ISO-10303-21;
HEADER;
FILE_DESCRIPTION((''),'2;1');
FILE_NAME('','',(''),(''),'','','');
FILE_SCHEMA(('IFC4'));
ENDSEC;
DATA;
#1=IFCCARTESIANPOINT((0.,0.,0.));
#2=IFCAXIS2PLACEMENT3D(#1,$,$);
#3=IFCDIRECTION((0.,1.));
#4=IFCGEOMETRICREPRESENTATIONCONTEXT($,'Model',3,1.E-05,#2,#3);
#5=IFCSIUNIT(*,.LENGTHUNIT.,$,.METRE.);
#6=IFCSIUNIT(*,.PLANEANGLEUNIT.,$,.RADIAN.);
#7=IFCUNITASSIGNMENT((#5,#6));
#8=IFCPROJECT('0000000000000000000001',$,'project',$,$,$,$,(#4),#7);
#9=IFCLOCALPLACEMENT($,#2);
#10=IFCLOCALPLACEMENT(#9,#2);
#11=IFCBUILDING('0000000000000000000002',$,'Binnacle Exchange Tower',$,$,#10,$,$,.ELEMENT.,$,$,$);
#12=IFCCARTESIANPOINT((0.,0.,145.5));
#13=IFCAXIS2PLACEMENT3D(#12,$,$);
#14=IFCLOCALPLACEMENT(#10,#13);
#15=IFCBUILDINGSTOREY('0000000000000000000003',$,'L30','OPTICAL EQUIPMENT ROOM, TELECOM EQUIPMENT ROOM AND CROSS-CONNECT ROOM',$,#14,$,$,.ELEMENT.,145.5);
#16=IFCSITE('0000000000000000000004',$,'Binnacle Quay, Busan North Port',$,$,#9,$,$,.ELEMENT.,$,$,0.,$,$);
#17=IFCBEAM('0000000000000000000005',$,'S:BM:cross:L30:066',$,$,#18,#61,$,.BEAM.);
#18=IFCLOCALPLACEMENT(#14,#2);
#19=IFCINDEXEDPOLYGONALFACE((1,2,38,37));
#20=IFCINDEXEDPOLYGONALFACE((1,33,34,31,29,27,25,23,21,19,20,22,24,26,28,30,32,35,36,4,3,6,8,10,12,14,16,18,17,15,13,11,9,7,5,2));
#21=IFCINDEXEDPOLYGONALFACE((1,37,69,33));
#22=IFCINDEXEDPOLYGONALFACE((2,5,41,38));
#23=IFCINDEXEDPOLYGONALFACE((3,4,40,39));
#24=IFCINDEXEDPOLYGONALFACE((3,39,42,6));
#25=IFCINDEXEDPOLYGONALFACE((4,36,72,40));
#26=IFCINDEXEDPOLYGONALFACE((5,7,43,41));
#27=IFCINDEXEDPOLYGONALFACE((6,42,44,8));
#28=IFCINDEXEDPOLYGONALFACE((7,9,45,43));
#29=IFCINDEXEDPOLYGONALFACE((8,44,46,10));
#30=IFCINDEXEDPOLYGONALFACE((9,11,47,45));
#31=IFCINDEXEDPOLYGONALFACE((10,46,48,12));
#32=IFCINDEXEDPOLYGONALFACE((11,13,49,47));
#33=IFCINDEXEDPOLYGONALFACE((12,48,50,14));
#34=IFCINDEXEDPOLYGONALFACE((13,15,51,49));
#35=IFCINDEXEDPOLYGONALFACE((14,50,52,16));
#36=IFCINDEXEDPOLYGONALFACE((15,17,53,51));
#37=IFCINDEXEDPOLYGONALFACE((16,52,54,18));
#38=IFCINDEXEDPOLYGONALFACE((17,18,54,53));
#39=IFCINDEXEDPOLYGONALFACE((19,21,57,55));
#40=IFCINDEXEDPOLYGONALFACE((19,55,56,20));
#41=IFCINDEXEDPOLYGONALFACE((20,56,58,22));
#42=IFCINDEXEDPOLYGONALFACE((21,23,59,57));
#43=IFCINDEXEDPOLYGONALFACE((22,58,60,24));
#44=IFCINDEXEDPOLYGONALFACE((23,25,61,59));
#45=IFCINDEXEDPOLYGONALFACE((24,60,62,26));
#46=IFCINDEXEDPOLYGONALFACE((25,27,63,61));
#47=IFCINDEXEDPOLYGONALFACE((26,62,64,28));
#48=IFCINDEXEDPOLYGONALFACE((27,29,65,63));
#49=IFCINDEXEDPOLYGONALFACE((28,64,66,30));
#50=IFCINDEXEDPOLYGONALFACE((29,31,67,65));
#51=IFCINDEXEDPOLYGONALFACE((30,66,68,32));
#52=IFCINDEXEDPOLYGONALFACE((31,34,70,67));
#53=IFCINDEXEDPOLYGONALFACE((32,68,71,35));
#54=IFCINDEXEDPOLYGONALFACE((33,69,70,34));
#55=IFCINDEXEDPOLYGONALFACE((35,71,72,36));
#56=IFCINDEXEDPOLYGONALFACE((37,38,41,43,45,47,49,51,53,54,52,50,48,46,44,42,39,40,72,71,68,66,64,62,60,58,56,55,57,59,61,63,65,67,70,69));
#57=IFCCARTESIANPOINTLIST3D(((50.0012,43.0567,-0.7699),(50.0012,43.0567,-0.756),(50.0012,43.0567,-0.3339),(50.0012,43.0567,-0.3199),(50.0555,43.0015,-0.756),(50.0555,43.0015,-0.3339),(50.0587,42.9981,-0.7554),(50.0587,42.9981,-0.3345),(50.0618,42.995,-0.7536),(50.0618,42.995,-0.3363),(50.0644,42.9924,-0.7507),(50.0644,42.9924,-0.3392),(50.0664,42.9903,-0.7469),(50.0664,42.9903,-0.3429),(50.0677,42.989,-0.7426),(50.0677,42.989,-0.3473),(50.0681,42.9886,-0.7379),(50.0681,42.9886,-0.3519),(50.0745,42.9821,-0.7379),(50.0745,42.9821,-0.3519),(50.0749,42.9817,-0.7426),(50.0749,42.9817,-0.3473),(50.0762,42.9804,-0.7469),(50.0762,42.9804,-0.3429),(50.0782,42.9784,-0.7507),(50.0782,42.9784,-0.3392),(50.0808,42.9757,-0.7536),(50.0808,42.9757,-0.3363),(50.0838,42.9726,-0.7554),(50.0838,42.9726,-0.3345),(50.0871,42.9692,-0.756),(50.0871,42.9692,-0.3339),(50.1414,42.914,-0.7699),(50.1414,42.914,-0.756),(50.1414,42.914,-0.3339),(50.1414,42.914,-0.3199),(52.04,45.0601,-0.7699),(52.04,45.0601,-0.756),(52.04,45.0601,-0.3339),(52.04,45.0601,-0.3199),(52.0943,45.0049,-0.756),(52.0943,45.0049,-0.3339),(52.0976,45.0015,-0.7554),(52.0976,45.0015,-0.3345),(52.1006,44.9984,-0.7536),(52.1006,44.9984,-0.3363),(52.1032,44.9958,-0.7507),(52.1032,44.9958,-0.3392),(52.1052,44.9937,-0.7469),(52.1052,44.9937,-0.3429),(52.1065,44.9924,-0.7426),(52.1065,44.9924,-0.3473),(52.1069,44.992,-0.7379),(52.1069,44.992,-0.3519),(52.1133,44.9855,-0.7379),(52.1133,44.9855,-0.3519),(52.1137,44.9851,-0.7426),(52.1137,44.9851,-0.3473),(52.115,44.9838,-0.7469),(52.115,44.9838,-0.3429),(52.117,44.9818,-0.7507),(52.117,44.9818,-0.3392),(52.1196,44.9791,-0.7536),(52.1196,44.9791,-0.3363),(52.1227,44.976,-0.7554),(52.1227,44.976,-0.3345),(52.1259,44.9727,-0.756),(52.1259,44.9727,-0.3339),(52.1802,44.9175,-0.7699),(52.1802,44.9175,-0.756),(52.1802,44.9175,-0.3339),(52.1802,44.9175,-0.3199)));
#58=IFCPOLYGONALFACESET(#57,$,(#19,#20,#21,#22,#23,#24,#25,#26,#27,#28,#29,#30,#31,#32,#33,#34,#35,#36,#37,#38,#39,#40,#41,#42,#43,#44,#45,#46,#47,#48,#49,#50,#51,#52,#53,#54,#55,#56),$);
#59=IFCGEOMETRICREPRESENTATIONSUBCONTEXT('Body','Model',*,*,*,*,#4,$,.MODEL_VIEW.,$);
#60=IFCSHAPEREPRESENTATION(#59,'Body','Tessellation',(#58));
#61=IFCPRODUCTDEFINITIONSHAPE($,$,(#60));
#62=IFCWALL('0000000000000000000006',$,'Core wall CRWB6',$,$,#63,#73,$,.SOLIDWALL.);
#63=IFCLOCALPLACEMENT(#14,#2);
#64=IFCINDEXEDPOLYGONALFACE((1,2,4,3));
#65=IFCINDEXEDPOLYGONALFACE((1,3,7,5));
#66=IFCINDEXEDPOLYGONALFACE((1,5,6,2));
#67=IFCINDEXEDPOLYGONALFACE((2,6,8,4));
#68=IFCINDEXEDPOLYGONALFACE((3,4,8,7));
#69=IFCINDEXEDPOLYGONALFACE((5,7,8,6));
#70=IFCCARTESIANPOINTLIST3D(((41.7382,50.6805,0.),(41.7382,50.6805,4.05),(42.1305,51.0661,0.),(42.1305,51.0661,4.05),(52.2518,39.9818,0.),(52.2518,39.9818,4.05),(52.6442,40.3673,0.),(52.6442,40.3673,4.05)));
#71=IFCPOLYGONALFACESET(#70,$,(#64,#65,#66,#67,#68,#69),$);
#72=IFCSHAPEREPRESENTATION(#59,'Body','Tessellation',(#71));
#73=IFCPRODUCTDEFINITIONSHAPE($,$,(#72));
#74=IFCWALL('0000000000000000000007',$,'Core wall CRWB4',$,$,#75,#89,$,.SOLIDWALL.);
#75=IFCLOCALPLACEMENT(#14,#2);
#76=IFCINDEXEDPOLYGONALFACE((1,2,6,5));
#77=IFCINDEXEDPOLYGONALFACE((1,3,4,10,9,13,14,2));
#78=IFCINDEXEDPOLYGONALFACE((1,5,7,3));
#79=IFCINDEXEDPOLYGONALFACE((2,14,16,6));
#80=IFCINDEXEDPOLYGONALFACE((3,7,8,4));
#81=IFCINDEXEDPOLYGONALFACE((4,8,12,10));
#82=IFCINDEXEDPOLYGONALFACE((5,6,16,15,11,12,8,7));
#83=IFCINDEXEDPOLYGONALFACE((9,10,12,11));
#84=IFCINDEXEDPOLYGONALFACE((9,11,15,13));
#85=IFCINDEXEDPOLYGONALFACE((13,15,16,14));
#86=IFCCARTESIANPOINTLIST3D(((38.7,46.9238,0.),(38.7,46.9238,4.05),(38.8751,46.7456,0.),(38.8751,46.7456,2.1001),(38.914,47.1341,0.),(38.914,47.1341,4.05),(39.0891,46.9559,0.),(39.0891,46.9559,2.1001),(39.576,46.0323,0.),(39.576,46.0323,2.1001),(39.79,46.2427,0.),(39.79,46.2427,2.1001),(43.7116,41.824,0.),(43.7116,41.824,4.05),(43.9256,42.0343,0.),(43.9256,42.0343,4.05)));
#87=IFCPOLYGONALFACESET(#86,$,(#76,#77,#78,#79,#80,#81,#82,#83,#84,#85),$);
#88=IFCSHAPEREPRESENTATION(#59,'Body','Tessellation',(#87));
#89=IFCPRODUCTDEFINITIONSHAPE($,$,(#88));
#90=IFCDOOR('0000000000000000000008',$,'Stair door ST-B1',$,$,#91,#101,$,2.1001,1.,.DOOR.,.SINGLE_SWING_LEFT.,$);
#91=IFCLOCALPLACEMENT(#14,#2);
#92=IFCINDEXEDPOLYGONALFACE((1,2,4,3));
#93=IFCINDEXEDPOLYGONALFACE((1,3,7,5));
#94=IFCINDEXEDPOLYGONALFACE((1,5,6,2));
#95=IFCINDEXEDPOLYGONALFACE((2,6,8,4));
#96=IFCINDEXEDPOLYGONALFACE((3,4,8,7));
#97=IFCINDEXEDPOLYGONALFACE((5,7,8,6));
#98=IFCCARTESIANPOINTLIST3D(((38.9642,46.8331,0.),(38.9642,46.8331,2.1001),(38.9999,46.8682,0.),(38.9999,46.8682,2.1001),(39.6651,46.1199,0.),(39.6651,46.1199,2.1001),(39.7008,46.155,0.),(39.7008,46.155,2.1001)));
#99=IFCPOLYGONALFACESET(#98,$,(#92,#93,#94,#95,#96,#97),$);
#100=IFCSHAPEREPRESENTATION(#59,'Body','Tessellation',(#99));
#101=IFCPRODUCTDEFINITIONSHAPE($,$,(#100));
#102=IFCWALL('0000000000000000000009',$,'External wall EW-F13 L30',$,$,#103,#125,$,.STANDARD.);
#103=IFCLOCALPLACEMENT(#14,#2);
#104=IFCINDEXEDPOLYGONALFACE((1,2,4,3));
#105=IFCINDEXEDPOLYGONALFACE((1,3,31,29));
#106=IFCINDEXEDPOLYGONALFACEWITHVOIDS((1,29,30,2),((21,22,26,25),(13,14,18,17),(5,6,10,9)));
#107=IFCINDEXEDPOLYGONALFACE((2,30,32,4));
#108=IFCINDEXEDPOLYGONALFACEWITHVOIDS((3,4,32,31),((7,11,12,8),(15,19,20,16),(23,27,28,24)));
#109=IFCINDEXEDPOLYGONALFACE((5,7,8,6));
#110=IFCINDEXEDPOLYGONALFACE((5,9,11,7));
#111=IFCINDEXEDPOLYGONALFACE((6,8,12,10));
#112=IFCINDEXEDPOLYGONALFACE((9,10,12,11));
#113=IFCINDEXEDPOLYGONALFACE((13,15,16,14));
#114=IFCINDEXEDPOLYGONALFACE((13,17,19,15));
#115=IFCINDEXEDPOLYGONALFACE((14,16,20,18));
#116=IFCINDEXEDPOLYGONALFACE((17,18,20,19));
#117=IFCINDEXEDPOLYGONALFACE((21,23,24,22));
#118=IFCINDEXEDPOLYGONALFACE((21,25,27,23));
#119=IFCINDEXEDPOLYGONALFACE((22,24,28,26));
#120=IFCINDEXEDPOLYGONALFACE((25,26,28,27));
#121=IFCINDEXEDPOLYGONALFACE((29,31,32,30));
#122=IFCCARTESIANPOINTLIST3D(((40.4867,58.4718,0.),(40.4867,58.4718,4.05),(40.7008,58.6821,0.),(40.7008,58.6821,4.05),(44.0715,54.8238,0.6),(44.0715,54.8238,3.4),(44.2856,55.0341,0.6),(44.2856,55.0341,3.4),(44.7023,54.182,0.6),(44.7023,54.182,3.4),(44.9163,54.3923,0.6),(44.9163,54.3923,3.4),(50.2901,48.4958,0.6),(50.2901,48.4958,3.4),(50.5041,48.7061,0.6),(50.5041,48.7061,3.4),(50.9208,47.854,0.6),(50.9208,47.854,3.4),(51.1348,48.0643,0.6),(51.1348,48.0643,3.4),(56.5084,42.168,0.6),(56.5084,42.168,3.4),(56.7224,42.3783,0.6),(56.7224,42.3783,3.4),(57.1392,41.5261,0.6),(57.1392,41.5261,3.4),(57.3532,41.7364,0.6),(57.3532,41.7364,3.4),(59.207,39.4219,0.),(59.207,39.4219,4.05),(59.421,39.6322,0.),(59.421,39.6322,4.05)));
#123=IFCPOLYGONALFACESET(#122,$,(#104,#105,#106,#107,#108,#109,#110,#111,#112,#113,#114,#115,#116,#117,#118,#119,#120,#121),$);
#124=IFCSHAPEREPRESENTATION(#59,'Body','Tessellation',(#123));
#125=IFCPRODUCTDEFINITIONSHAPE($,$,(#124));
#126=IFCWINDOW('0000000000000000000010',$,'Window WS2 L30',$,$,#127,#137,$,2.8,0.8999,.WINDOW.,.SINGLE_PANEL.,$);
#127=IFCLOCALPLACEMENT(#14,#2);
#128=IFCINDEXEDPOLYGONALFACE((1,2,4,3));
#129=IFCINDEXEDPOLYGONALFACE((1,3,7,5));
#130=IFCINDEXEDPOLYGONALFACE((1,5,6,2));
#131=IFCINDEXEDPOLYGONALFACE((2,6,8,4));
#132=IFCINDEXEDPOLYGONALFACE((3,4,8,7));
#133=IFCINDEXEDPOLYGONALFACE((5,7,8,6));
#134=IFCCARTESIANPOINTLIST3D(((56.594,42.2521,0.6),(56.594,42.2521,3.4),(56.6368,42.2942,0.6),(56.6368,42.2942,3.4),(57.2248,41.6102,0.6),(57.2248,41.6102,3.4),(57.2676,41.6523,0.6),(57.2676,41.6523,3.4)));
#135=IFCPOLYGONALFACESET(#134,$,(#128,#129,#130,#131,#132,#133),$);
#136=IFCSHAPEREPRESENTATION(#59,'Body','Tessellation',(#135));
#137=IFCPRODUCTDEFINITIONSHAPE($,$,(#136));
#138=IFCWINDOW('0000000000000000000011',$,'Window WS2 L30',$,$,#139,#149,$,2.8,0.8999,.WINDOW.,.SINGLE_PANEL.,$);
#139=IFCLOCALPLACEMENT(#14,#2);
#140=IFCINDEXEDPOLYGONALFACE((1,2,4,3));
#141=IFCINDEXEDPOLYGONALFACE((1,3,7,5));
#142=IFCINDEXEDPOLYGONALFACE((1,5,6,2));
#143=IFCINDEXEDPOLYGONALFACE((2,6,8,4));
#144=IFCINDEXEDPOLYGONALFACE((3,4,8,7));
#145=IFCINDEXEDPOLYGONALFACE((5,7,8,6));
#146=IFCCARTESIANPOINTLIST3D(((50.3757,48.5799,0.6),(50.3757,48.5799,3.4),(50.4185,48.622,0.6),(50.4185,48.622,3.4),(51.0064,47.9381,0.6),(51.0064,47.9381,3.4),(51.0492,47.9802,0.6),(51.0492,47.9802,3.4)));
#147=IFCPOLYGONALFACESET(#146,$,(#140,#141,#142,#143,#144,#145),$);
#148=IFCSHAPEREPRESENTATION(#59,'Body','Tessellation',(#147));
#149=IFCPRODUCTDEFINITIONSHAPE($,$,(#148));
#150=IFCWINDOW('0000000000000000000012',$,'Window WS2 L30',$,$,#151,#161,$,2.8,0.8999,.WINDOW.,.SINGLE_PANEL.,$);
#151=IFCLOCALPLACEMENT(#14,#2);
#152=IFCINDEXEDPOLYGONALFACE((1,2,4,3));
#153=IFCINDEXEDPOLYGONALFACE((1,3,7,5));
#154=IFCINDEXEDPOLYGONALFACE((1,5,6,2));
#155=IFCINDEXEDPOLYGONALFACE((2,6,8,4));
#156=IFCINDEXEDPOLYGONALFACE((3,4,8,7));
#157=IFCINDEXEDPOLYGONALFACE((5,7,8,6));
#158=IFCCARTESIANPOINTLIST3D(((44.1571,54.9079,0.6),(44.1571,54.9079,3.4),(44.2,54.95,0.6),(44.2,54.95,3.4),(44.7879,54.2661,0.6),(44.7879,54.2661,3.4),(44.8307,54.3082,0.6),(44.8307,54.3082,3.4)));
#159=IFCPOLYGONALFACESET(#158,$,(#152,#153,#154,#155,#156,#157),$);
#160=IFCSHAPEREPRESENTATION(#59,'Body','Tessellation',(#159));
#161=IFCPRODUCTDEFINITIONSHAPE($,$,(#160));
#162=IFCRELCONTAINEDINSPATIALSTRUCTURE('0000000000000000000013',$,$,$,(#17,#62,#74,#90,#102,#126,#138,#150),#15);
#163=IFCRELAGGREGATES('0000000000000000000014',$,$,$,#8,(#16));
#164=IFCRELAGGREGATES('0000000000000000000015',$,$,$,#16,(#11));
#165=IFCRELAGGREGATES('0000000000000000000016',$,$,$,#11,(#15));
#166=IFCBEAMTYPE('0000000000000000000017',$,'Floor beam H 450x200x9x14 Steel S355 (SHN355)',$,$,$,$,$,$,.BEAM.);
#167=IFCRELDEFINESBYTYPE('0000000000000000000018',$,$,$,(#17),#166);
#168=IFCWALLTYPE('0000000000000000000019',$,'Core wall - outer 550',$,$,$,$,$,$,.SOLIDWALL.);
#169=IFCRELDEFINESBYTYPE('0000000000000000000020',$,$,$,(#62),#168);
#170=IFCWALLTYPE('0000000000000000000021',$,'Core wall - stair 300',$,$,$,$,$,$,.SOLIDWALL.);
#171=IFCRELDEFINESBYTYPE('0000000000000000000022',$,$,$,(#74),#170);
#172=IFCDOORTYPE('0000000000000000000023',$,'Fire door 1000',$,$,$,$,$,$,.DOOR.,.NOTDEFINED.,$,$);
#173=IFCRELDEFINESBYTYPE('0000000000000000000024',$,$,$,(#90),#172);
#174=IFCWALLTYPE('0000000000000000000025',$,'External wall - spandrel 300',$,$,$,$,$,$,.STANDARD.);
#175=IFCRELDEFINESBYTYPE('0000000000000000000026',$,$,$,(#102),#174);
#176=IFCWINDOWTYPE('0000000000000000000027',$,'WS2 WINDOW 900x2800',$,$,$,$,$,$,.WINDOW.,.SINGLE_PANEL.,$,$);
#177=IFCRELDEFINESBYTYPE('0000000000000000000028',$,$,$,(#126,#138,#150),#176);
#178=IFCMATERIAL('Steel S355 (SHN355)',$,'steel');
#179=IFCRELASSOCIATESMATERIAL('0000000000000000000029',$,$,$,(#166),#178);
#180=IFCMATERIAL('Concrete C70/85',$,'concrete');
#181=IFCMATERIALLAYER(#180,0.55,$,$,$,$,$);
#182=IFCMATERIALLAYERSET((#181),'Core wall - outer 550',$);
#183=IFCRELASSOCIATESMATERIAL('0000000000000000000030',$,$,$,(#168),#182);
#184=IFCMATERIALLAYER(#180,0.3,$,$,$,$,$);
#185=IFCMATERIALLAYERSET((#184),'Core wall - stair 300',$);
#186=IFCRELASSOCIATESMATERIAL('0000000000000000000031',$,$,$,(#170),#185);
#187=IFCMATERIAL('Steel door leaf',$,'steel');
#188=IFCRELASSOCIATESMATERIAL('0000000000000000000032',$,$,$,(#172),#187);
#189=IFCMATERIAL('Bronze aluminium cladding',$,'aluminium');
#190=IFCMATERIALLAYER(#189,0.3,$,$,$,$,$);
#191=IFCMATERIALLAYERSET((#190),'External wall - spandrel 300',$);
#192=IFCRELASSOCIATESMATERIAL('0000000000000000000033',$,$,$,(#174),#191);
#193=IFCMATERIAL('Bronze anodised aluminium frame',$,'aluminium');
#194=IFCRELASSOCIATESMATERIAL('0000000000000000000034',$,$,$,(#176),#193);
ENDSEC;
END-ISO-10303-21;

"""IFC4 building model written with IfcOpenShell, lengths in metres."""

from ifc_helpers import new_model, si_unit, direction, frame, frame_2d, origin, origin_2d, place, context, subcontext, project, spatial, rectangle, i_section, extrude, material, layer, layer_set, material_profile, profile_set, type_object, element, fill, save


model = new_model("IFC4")

# Units and contexts
model_context = context("Model", 3, precision=1e-05, world=origin(), true_north=direction((0.0, 1.0)))
body_context = subcontext(model_context, "Body", "Model", "MODEL_VIEW")
ifc_project = project(units=[si_unit("LENGTHUNIT", "METRE"), si_unit("PLANEANGLEUNIT", "RADIAN")], contexts=[model_context])

# Site, building, storey
site_placement = place(None, origin())
site = spatial("IfcSite", under=ifc_project, at=site_placement, Name="Binnacle Quay, Busan North Port", CompositionType="ELEMENT", RefElevation=0.0)
building_placement = place(site_placement, origin())
building = spatial("IfcBuilding", under=site, at=building_placement, Name="Binnacle Exchange Tower", CompositionType="ELEMENT")
storey_placement = place(building_placement, frame((0.0, 0.0, 145.5)))
storey = spatial("IfcBuildingStorey", under=building, at=storey_placement, Name="L30", Description="OPTICAL EQUIPMENT ROOM, TELECOM EQUIPMENT ROOM AND CROSS-CONNECT ROOM", CompositionType="ELEMENT", Elevation=145.5)

# Shared definitions
ifc_material_1 = material(Name="Concrete C70/85", Category="concrete")

# Beam
ifc_material_2 = material(Name="Steel S355 (SHN355)", Category="steel")
ifc_material_profile_1 = material_profile(ifc_material_2, i_section(OverallWidth=0.2, OverallDepth=0.45, WebThickness=0.009, FlangeThickness=0.0139, FilletRadius=0.0181, at=origin_2d()), Name="H 450x200x9x14")
ifc_profile_set_1 = profile_set([ifc_material_profile_1], Name="Steel S355 (SHN355)")
beam_type_1 = type_object("IfcBeamType", Name="Floor beam H 450x200x9x14 Steel S355 (SHN355)", PredefinedType="BEAM", material=ifc_profile_set_1)
for number, where, z_axis, x_axis, name in (
    (1, (52.1101, 44.9888, -0.5449), (-0.713272, -0.700887, 0.0), (0.700887, -0.713272, 0.0), "S:BM:cross:L30:066"),
):
    element("IfcBeam", number, at=place(storey_placement, frame(where, z_axis=z_axis, x_axis=x_axis)), inside=storey, type_object=beam_type_1, Name=name, PredefinedType="BEAM", context=body_context, shape_type="SweptSolid", body=[
        extrude(i_section(OverallWidth=0.2, OverallDepth=0.45, WebThickness=0.009, FlangeThickness=0.0139, FilletRadius=0.0181, at=origin_2d()), origin(), (0.0, 0.0, 1.0), 2.8584),
    ])

# Wall
ifc_layer_1 = layer(ifc_material_1, 0.55)
ifc_layer_set_1 = layer_set([ifc_layer_1], Name="Core wall - outer 550")
wall_type_1 = type_object("IfcWallType", Name="Core wall - outer 550", PredefinedType="SOLIDWALL", material=ifc_layer_set_1)
wall_1_placement = place(storey_placement, frame((41.9343, 50.8733, 0.0), z_axis=(0.0, 0.0, 1.0), x_axis=(0.700911, -0.713248, 0.0)))
element("IfcWall", 2, at=wall_1_placement, inside=storey, type_object=wall_type_1, Name="Core wall CRWB6", PredefinedType="SOLIDWALL", context=body_context, shape_type="SweptSolid", body=[
    extrude(rectangle(XDim=15.0, YDim=0.55, at=frame_2d((7.5, 0.0))), origin(), (0.0, 0.0, 1.0), 4.05),
])

# Wall, opening, door
ifc_layer_2 = layer(ifc_material_1, 0.3)
ifc_layer_set_2 = layer_set([ifc_layer_2], Name="Core wall - stair 300")
wall_type_2 = type_object("IfcWallType", Name="Core wall - stair 300", PredefinedType="SOLIDWALL", material=ifc_layer_set_2)
wall_2_placement = place(storey_placement, frame((38.8069, 47.0291, 0.0), z_axis=(0.0, 0.0, 1.0), x_axis=(0.700917, -0.713243, 0.0)))
wall_2 = element("IfcWall", 3, at=wall_2_placement, inside=storey, type_object=wall_type_2, Name="Core wall CRWB4", PredefinedType="SOLIDWALL", context=body_context, shape_type="SweptSolid", body=[
    extrude(rectangle(XDim=7.1501, YDim=0.3, at=frame_2d((3.5752, 0.0))), origin(), (0.0, 0.0, 1.0), 4.05),
])
opening_1_placement = place(wall_2_placement, frame((0.25, 0.0, 0.0)))
opening_1 = element("IfcOpeningElement", 4, at=opening_1_placement, cuts=wall_2, PredefinedType="OPENING", context=body_context, shape_type="SweptSolid", body=[
    extrude(rectangle(XDim=1.0, YDim=2.1001, at=frame_2d((0.5, 1.05))), frame((0.0, 0.1599, 0.0), z_axis=(0.0, -1.0, 0.0), x_axis=(1.0, 0.0, 0.0)), (0.0, 0.0, 1.0), 0.3201),
])
ifc_material_3 = material(Name="Steel door leaf", Category="steel")
door_type = type_object("IfcDoorType", Name="Fire door 1000", OperationType="NOTDEFINED", PredefinedType="DOOR", material=ifc_material_3)
door_1_placement = place(opening_1_placement, origin())
door_1 = element("IfcDoor", 5, at=door_1_placement, inside=storey, type_object=door_type, Name="Stair door ST-B1", OperationType="SINGLE_SWING_LEFT", OverallHeight=2.1001, OverallWidth=1.0, PredefinedType="DOOR", context=body_context, shape_type="SweptSolid", body=[
    extrude(rectangle(XDim=1.0, YDim=2.1001, at=frame_2d((0.5, 1.05))), frame((0.0, 0.0249, 0.0), z_axis=(0.0, -1.0, 0.0), x_axis=(1.0, 0.0, 0.0)), (0.0, 0.0, 1.0), 0.05),
])
fill(opening_1, door_1)

# Wall, openings, windows
ifc_material_4 = material(Name="Bronze aluminium cladding", Category="aluminium")
ifc_layer_3 = layer(ifc_material_4, 0.3)
ifc_layer_set_3 = layer_set([ifc_layer_3], Name="External wall - spandrel 300")
wall_type_3 = type_object("IfcWallType", Name="External wall - spandrel 300", PredefinedType="STANDARD", material=ifc_layer_set_3)
wall_3_placement = place(storey_placement, frame((40.5938, 58.5769, 0.0), z_axis=(0.0, 0.0, 1.0), x_axis=(0.70091, -0.71325, 0.0)))
wall_3 = element("IfcWall", 6, at=wall_3_placement, inside=storey, type_object=wall_type_3, Name="External wall EW-F13 L30", PredefinedType="STANDARD", context=body_context, shape_type="SweptSolid", body=[
    extrude(rectangle(XDim=26.7085, YDim=0.3, at=frame_2d((13.3542, 0.0))), origin(), (0.0, 0.0, 1.0), 4.05),
])
opening_2_placement = place(wall_3_placement, frame((22.8584, 0.0, 0.6001)))
opening_2 = element("IfcOpeningElement", 7, at=opening_2_placement, cuts=wall_3, PredefinedType="OPENING", context=body_context, shape_type="SweptSolid", body=[
    extrude(rectangle(XDim=0.8999, YDim=2.8, at=frame_2d((0.45, 1.3999))), frame((0.0, 0.1599, 0.0), z_axis=(0.0, -1.0, 0.0), x_axis=(1.0, 0.0, 0.0)), (0.0, 0.0, 1.0), 0.3201),
])
opening_3_placement = place(wall_3_placement, frame((13.9866, 0.0, 0.6001)))
opening_3 = element("IfcOpeningElement", 8, at=opening_3_placement, cuts=wall_3, PredefinedType="OPENING", context=body_context, shape_type="SweptSolid", body=[
    extrude(rectangle(XDim=0.8999, YDim=2.8, at=frame_2d((0.45, 1.3999))), frame((0.0, 0.1599, 0.0), z_axis=(0.0, -1.0, 0.0), x_axis=(1.0, 0.0, 0.0)), (0.0, 0.0, 1.0), 0.3201),
])
opening_4_placement = place(wall_3_placement, frame((5.1145, 0.0, 0.6001)))
opening_4 = element("IfcOpeningElement", 9, at=opening_4_placement, cuts=wall_3, PredefinedType="OPENING", context=body_context, shape_type="SweptSolid", body=[
    extrude(rectangle(XDim=0.8999, YDim=2.8, at=frame_2d((0.45, 1.3999))), frame((0.0, 0.1599, 0.0), z_axis=(0.0, -1.0, 0.0), x_axis=(1.0, 0.0, 0.0)), (0.0, 0.0, 1.0), 0.3201),
])
ifc_material_5 = material(Name="Bronze anodised aluminium frame", Category="aluminium")
window_type = type_object("IfcWindowType", Name="WS2 WINDOW 900x2800", PartitioningType="SINGLE_PANEL", PredefinedType="WINDOW", material=ifc_material_5)
window_1_placement = place(opening_2_placement, origin())
window_1 = element("IfcWindow", 10, at=window_1_placement, inside=storey, type_object=window_type, Name="Window WS2 L30", OverallHeight=2.8, OverallWidth=0.8999, PartitioningType="SINGLE_PANEL", PredefinedType="WINDOW", context=body_context, shape_type="SweptSolid", body=[
    extrude(rectangle(XDim=0.8999, YDim=2.8, at=frame_2d((0.45, 1.3999))), frame((0.0, 0.03, 0.0), z_axis=(0.0, -1.0, 0.0), x_axis=(1.0, 0.0, 0.0)), (0.0, 0.0, 1.0), 0.0601),
])
fill(opening_2, window_1)
window_2_placement = place(opening_3_placement, origin())
window_2 = element("IfcWindow", 11, at=window_2_placement, inside=storey, type_object=window_type, Name="Window WS2 L30", OverallHeight=2.8, OverallWidth=0.8999, PartitioningType="SINGLE_PANEL", PredefinedType="WINDOW", context=body_context, shape_type="SweptSolid", body=[
    extrude(rectangle(XDim=0.8999, YDim=2.8, at=frame_2d((0.45, 1.3999))), frame((0.0, 0.03, 0.0), z_axis=(0.0, -1.0, 0.0), x_axis=(1.0, 0.0, 0.0)), (0.0, 0.0, 1.0), 0.0601),
])
fill(opening_3, window_2)
window_3_placement = place(opening_4_placement, origin())
window_3 = element("IfcWindow", 12, at=window_3_placement, inside=storey, type_object=window_type, Name="Window WS2 L30", OverallHeight=2.8, OverallWidth=0.8999, PartitioningType="SINGLE_PANEL", PredefinedType="WINDOW", context=body_context, shape_type="SweptSolid", body=[
    extrude(rectangle(XDim=0.8999, YDim=2.8, at=frame_2d((0.45, 1.3999))), frame((0.0, 0.03, 0.0), z_axis=(0.0, -1.0, 0.0), x_axis=(1.0, 0.0, 0.0)), (0.0, 0.0, 1.0), 0.0601),
])
fill(opening_4, window_3)

save(model, "model.ifc")
